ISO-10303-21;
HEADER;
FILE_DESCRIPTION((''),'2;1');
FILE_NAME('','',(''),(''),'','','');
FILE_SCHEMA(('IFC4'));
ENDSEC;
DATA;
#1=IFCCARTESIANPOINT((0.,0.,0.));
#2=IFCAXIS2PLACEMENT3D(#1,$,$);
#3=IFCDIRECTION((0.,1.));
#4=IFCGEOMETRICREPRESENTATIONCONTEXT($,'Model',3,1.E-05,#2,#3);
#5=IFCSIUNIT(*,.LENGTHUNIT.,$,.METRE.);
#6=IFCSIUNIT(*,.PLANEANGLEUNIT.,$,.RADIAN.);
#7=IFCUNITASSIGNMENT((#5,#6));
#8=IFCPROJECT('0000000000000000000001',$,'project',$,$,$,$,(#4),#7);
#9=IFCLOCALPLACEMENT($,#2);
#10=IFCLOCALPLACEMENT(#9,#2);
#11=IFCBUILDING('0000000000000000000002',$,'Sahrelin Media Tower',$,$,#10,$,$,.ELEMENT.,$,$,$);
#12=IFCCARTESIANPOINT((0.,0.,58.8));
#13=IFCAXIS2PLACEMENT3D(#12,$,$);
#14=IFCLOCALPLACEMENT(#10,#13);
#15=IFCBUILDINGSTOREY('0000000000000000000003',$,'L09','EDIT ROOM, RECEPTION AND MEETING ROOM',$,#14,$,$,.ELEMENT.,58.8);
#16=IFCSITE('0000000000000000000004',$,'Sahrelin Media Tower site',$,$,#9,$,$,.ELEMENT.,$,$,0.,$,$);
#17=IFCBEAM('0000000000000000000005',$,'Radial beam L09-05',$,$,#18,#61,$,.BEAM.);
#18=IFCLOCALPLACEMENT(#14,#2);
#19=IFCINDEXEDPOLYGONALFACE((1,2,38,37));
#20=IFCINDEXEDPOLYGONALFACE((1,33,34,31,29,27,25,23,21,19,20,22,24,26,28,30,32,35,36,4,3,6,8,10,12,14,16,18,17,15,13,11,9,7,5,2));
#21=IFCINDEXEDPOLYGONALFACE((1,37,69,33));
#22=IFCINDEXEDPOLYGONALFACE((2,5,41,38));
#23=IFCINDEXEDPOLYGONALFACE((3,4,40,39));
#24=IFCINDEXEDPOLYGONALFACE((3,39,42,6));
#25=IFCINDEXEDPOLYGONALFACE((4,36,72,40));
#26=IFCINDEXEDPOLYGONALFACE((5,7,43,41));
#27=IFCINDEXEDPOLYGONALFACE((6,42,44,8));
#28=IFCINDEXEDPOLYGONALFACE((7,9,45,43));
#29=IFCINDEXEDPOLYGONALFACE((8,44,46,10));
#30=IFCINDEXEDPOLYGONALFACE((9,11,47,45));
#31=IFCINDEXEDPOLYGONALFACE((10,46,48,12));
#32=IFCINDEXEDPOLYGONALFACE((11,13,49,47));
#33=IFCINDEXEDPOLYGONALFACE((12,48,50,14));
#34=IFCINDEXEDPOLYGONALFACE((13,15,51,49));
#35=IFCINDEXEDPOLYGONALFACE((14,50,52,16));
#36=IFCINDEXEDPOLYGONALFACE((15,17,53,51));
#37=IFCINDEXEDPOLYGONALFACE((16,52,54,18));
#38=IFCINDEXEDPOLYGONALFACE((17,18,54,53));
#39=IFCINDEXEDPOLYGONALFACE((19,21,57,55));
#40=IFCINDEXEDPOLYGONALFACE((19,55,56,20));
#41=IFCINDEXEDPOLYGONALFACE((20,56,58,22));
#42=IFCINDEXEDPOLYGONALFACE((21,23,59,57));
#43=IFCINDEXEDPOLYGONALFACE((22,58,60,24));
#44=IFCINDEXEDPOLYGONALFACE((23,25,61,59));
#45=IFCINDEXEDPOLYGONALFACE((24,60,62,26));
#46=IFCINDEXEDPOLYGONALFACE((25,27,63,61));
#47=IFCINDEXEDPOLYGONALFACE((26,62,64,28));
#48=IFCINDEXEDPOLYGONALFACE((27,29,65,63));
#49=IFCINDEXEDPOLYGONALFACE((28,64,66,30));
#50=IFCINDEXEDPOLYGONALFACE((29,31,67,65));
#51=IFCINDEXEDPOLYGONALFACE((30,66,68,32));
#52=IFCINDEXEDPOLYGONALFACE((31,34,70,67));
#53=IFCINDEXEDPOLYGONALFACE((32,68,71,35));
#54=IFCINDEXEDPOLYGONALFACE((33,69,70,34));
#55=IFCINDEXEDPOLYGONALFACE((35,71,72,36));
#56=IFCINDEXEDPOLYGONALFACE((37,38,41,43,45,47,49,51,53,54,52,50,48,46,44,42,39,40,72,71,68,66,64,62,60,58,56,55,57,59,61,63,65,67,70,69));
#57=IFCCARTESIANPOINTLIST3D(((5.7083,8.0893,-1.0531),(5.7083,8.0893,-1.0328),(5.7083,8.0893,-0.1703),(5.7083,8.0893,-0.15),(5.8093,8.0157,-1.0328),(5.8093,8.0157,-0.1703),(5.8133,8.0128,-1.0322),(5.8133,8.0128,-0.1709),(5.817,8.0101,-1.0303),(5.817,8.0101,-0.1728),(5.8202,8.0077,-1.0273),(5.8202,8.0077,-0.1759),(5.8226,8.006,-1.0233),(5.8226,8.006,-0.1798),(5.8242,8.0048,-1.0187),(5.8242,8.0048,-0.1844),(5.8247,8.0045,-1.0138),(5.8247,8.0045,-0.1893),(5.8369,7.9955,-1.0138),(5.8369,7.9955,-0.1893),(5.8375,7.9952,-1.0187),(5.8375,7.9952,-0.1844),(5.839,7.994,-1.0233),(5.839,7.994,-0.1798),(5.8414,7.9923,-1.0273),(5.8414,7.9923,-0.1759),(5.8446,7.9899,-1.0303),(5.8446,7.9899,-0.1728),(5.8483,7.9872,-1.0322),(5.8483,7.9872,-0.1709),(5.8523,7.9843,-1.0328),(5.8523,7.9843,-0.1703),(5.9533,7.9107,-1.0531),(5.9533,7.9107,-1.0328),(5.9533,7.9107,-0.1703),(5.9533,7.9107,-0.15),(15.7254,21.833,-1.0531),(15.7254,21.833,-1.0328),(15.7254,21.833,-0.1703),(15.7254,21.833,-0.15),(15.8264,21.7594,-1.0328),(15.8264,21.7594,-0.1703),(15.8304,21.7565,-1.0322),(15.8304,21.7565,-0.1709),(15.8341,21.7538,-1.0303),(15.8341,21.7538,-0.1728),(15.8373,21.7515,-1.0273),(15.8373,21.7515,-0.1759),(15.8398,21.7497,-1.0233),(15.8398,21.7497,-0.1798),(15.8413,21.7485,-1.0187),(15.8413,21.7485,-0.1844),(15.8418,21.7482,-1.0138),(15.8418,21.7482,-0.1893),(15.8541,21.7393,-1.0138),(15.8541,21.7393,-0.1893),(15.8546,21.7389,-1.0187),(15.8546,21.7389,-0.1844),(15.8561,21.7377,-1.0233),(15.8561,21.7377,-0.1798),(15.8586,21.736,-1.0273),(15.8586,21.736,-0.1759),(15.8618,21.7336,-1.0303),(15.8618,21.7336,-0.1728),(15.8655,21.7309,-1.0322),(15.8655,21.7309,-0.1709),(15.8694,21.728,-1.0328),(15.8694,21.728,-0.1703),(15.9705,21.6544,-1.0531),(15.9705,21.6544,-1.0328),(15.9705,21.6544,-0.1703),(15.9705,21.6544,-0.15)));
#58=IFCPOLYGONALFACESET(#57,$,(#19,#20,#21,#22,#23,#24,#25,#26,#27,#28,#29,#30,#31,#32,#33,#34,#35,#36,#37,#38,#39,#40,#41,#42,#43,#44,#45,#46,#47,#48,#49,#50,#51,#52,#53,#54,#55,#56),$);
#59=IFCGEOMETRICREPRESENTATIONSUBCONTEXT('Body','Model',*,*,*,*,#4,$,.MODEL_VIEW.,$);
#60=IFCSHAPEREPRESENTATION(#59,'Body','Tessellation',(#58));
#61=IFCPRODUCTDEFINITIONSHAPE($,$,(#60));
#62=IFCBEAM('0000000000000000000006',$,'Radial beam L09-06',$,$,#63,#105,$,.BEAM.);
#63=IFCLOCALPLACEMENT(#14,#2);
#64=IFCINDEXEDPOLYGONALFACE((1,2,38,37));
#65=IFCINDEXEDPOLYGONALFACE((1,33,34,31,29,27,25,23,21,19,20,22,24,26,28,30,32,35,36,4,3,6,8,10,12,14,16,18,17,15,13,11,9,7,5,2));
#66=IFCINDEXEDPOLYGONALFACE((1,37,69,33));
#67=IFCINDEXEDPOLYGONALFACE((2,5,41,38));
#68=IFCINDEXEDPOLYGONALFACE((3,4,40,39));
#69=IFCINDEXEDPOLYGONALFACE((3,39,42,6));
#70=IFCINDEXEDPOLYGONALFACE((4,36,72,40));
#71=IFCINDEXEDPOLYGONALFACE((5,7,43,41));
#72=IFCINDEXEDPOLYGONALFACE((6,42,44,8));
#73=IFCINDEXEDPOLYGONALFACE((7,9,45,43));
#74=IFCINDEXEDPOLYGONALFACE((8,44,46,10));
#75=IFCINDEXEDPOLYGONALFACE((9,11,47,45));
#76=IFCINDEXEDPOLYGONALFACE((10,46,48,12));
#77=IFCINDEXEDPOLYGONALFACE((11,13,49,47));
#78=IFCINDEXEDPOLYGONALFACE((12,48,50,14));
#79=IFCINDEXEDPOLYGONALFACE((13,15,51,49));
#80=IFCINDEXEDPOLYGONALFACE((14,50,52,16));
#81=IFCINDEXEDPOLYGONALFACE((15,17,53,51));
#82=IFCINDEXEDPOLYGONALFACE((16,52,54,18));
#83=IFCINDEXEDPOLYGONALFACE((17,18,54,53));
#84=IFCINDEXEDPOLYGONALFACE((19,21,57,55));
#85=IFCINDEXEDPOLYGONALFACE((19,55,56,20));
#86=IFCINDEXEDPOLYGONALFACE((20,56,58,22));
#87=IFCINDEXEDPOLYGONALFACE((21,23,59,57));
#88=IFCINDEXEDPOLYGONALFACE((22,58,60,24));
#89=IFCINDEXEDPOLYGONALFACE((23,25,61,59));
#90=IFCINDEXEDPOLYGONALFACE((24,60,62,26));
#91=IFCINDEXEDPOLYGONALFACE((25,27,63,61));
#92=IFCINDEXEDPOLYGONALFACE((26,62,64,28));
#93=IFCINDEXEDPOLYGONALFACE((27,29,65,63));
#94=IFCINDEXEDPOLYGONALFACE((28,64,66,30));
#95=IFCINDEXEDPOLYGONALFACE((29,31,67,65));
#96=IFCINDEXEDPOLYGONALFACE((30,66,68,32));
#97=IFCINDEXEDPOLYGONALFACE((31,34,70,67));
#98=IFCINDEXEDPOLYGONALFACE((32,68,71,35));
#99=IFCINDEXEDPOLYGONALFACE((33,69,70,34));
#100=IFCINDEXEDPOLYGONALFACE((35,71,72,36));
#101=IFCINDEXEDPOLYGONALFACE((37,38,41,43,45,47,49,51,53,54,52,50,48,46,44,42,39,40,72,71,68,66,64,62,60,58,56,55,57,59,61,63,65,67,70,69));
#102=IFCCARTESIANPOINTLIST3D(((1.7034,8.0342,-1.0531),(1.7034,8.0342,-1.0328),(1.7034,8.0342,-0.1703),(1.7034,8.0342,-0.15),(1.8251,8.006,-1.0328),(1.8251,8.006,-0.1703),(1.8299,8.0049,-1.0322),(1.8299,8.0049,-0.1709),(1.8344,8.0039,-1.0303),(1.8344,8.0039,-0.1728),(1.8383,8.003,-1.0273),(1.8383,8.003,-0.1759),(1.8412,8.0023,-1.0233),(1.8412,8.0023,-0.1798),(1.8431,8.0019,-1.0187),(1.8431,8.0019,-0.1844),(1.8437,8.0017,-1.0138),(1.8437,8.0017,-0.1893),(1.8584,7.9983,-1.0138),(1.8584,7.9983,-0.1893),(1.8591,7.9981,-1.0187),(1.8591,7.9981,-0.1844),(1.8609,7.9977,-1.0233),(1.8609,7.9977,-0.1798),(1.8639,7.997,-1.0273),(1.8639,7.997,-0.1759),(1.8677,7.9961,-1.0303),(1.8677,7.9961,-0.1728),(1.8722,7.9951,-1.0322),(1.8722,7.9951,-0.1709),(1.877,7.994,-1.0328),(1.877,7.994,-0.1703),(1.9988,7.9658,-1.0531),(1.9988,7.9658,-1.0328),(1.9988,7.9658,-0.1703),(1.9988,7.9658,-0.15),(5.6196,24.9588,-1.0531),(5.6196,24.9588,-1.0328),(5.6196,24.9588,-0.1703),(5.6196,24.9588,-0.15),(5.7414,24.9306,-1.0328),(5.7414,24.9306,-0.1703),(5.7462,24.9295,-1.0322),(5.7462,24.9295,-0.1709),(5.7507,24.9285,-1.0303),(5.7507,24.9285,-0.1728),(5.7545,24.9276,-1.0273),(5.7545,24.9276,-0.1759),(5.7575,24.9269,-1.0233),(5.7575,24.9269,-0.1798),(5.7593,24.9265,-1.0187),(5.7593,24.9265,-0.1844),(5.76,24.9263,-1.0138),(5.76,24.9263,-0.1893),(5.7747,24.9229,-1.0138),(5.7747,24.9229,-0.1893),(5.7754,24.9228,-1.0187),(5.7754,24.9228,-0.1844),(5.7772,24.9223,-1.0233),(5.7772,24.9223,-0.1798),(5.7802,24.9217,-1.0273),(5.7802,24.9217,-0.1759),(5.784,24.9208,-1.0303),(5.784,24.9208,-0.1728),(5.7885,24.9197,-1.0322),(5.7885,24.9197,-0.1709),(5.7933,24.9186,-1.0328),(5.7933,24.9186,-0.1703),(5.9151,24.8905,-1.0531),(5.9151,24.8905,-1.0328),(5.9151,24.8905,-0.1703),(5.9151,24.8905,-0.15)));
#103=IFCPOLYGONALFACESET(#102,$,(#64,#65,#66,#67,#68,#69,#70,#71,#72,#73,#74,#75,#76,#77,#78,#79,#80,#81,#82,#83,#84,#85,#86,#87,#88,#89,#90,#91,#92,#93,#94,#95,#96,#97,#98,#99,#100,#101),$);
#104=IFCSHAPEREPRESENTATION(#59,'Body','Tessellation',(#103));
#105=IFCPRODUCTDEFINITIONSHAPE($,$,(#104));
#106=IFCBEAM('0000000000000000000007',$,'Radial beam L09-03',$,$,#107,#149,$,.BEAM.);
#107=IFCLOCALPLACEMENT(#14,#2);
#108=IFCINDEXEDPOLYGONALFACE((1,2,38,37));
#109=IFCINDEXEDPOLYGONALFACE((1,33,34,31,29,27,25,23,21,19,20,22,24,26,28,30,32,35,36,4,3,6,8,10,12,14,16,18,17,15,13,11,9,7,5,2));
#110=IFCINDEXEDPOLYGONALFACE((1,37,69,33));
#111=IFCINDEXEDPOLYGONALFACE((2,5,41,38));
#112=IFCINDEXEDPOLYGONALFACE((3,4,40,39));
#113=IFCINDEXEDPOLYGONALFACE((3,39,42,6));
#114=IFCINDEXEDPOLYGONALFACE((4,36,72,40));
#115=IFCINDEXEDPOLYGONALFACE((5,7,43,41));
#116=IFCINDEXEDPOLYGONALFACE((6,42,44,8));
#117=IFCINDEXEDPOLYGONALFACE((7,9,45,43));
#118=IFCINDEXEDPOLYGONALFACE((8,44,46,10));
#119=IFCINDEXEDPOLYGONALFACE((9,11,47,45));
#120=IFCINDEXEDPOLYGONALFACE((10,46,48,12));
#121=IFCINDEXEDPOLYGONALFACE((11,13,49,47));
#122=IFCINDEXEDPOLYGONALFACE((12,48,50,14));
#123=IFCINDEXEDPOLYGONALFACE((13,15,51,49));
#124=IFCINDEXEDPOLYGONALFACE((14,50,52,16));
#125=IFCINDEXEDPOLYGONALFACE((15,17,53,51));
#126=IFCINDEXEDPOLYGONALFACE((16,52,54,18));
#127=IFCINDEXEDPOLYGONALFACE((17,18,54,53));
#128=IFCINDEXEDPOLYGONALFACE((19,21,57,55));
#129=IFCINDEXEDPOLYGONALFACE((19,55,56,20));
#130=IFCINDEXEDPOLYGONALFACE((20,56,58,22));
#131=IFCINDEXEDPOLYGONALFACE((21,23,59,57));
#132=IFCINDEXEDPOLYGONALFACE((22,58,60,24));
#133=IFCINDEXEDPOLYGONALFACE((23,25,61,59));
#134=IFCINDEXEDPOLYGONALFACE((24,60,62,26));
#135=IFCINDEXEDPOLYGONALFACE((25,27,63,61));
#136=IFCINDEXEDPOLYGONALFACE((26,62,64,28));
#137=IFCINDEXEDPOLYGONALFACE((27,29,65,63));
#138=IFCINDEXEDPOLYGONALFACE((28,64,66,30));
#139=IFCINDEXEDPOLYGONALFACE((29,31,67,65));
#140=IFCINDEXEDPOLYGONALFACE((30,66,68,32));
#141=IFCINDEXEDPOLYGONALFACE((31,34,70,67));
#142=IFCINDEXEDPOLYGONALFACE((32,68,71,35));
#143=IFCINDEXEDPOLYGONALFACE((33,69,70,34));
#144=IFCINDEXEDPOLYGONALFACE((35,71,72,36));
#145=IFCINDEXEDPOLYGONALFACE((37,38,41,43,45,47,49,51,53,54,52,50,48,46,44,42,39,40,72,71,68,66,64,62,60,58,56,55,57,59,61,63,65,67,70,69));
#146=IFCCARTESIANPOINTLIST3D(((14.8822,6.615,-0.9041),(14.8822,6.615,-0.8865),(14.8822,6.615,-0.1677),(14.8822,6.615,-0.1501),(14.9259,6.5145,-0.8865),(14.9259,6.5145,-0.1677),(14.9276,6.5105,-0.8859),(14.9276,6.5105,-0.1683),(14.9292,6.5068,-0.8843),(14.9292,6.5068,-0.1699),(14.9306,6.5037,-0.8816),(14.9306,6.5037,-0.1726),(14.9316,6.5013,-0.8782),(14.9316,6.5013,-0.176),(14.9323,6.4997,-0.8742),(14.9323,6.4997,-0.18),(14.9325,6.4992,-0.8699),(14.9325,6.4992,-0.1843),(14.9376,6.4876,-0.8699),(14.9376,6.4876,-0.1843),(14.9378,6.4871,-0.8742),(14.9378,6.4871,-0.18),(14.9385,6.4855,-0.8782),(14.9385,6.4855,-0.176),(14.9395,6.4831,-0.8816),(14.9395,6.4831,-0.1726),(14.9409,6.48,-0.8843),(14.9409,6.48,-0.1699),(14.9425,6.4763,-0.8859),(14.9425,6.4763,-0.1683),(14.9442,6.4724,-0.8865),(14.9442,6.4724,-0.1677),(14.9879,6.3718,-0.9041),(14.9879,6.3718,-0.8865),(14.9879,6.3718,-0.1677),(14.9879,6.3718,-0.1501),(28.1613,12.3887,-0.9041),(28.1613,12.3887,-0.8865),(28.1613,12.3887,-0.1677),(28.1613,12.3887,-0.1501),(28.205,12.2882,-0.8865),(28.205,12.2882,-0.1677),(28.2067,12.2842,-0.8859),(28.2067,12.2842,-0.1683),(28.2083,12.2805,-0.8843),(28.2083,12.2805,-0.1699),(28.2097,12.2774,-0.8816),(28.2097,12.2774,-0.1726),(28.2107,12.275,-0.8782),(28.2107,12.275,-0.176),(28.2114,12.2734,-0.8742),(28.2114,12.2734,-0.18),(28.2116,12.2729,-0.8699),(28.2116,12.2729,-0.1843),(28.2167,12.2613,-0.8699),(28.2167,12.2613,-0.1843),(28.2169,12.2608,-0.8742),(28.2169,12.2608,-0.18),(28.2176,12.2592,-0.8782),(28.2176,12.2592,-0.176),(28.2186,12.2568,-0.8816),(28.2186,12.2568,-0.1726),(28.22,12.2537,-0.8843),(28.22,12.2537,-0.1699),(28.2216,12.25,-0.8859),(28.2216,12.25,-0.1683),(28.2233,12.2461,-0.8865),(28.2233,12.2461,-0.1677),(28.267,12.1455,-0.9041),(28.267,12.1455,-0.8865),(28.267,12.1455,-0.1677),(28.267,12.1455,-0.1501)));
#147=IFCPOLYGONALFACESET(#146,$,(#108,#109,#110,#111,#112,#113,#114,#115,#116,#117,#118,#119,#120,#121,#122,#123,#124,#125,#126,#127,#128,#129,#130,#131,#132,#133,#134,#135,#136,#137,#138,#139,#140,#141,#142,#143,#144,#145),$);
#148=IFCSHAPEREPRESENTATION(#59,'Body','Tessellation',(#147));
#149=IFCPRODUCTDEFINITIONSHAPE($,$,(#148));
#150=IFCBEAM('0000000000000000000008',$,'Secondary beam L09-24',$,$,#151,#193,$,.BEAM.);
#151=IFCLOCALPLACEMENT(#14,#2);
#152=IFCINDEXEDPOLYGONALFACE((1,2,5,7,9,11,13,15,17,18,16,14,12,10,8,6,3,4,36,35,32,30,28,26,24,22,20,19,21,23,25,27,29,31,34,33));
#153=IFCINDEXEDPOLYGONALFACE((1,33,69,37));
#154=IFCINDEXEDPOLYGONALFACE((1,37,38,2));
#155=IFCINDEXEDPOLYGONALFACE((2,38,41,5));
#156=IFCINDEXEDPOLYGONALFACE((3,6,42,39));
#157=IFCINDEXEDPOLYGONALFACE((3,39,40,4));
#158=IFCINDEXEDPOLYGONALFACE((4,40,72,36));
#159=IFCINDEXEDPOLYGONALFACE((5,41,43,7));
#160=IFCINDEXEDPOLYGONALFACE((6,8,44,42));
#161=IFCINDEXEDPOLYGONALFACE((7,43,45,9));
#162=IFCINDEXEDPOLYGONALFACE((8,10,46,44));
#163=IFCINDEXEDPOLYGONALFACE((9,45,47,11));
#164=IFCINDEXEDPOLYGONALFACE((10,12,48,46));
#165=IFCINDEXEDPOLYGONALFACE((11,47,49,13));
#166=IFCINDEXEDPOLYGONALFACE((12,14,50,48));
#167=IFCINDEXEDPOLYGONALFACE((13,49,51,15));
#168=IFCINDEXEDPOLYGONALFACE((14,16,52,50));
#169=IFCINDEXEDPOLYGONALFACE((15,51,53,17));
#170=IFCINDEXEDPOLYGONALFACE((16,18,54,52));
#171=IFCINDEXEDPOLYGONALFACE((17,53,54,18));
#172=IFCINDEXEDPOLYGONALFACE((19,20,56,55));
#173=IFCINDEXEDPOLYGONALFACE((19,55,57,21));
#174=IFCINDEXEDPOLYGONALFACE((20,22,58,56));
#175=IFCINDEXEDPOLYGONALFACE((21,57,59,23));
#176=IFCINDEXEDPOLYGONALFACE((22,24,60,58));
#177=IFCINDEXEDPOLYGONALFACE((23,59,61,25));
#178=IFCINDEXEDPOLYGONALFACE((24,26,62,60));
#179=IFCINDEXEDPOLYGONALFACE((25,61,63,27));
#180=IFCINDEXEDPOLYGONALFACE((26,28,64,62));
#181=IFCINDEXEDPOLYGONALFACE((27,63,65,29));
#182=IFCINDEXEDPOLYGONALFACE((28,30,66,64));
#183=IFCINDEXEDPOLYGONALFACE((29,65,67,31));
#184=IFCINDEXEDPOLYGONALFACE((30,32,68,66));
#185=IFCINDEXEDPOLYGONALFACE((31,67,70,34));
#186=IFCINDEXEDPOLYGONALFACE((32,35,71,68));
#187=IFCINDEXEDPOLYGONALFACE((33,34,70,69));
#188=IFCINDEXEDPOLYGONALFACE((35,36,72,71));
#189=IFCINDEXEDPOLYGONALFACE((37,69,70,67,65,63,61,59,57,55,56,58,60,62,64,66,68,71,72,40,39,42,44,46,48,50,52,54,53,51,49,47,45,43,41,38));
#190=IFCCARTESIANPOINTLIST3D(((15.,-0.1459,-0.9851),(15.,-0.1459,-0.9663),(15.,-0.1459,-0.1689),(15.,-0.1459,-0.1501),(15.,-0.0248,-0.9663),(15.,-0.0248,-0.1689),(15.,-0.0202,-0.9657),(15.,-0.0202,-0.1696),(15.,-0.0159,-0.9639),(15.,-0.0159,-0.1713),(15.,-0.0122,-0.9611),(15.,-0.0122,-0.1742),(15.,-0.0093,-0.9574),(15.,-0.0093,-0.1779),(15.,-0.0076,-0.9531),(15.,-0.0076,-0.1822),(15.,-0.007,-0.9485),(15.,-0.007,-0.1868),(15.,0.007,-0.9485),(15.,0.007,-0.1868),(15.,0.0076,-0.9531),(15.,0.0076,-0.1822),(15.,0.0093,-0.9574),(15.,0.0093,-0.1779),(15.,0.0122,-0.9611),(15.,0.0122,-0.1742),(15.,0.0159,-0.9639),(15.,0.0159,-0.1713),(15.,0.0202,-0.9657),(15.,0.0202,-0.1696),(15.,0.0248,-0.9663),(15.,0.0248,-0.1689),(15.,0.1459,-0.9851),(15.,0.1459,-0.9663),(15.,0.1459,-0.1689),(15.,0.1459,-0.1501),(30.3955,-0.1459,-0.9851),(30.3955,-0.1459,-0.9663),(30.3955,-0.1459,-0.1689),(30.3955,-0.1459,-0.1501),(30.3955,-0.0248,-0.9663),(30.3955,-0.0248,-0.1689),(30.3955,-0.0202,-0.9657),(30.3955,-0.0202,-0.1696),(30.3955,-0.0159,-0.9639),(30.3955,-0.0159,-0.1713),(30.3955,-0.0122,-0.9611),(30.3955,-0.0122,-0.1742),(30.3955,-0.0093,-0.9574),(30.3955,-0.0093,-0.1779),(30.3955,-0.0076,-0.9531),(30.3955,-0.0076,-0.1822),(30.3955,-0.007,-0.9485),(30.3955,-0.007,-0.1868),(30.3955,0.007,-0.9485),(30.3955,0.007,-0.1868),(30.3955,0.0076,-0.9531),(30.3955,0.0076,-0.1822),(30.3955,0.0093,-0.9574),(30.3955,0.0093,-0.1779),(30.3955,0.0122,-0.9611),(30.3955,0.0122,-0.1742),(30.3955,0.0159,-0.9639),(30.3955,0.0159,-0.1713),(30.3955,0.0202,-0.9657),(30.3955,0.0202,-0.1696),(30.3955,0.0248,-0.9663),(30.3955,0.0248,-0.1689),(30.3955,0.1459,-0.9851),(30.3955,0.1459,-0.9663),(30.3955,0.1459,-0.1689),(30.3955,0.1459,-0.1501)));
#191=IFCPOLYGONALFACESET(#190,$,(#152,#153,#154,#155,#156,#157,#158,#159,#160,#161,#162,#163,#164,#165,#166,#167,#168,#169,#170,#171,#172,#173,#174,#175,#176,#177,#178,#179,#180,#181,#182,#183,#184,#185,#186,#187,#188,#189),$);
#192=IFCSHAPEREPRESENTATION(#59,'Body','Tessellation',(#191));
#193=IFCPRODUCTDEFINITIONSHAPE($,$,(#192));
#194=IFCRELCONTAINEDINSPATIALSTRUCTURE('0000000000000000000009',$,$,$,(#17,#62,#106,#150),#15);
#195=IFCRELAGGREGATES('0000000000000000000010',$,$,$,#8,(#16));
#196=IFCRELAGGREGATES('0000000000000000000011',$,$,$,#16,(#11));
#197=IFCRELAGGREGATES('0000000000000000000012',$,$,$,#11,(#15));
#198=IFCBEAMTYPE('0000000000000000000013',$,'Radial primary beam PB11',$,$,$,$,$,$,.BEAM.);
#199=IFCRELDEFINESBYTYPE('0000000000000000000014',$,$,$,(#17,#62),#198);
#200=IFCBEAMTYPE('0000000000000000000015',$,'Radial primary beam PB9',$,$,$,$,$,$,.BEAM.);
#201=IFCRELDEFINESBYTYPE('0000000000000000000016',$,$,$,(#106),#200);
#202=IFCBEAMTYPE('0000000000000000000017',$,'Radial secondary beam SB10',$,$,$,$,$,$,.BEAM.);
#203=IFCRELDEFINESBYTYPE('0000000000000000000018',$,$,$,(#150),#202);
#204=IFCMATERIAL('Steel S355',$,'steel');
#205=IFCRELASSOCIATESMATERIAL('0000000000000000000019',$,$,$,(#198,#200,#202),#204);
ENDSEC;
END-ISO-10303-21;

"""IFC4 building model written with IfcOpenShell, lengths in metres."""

from ifc_helpers import new_model, si_unit, direction, frame, origin, origin_2d, place, context, subcontext, project, spatial, i_section, extrude, material, material_profile, profile_set, type_object, element, save


model = new_model("IFC4")

# Units and contexts
model_context = context("Model", 3, precision=1e-05, world=origin(), true_north=direction((0.0, 1.0)))
body_context = subcontext(model_context, "Body", "Model", "MODEL_VIEW")
ifc_project = project(units=[si_unit("LENGTHUNIT", "METRE"), si_unit("PLANEANGLEUNIT", "RADIAN")], contexts=[model_context])

# Site, building, storey
site_placement = place(None, origin())
site = spatial("IfcSite", under=ifc_project, at=site_placement, Name="Sahrelin Media Tower site", CompositionType="ELEMENT", RefElevation=0.0)
building_placement = place(site_placement, origin())
building = spatial("IfcBuilding", under=site, at=building_placement, Name="Sahrelin Media Tower", CompositionType="ELEMENT")
storey_placement = place(building_placement, frame((0.0, 0.0, 58.8)))
storey = spatial("IfcBuildingStorey", under=building, at=storey_placement, Name="L09", Description="EDIT ROOM, RECEPTION AND MEETING ROOM", CompositionType="ELEMENT", Elevation=58.8)

# Beams
ifc_material_1 = material(Name="Steel S355", Category="steel")
ifc_material_profile_1 = material_profile(ifc_material_1, i_section(OverallWidth=0.3032, OverallDepth=0.9031, WebThickness=0.0151, FlangeThickness=0.0203, FilletRadius=0.019, at=origin_2d()), Name="UB 914x305x201")
ifc_profile_set_1 = profile_set([ifc_material_profile_1], Name="Steel S355")
beam_type_1 = type_object("IfcBeamType", Name="Radial primary beam PB11", PredefinedType="BEAM", material=ifc_profile_set_1)
beam_1_placement = place(storey_placement, frame((5.8308, 8.0, -0.6016), z_axis=(0.589006, 0.808129, 0.0), x_axis=(-0.808129, 0.589006, 0.0)))
element("IfcBeam", 1, at=beam_1_placement, inside=storey, type_object=beam_type_1, Name="Radial beam L09-05", PredefinedType="BEAM", context=body_context, shape_type="SweptSolid", body=[
    extrude(i_section(OverallWidth=0.3032, OverallDepth=0.9031, WebThickness=0.0151, FlangeThickness=0.0203, FilletRadius=0.019, at=origin_2d()), origin(), (0.0, 0.0, 1.0), 17.0068),
])
beam_2_placement = place(storey_placement, frame((1.8511, 8.0, -0.6016), z_axis=(0.225438, 0.974257, 0.0), x_axis=(-0.974257, 0.225438, 0.0)))
element("IfcBeam", 2, at=beam_2_placement, inside=storey, type_object=beam_type_1, Name="Radial beam L09-06", PredefinedType="BEAM", context=body_context, shape_type="SweptSolid", body=[
    extrude(i_section(OverallWidth=0.3032, OverallDepth=0.9031, WebThickness=0.0151, FlangeThickness=0.0203, FilletRadius=0.019, at=origin_2d()), origin(), (0.0, 0.0, 1.0), 17.3718),
])
ifc_material_profile_2 = material_profile(ifc_material_1, i_section(OverallWidth=0.2651, OverallDepth=0.7539, WebThickness=0.0127, FlangeThickness=0.0176, FilletRadius=0.0166, at=origin_2d()), Name="UB 762x267x147")
ifc_profile_set_2 = profile_set([ifc_material_profile_2], Name="Steel S355")
beam_type_2 = type_object("IfcBeamType", Name="Radial primary beam PB9", PredefinedType="BEAM", material=ifc_profile_set_2)
beam_3_placement = place(storey_placement, frame((14.9351, 6.4934, -0.5271), z_axis=(0.917065, 0.398737, 0.0), x_axis=(-0.398737, 0.917065, 0.0)))
element("IfcBeam", 3, at=beam_3_placement, inside=storey, type_object=beam_type_2, Name="Radial beam L09-03", PredefinedType="BEAM", context=body_context, shape_type="SweptSolid", body=[
    extrude(i_section(OverallWidth=0.2651, OverallDepth=0.7539, WebThickness=0.0127, FlangeThickness=0.0176, FilletRadius=0.0166, at=origin_2d()), origin(), (0.0, 0.0, 1.0), 14.48),
])
ifc_material_profile_3 = material_profile(ifc_material_1, i_section(OverallWidth=0.2917, OverallDepth=0.835, WebThickness=0.0139, FlangeThickness=0.0188, FilletRadius=0.0178, at=origin_2d()), Name="UB 838x292x176")
ifc_profile_set_3 = profile_set([ifc_material_profile_3], Name="Steel S355")
beam_type_3 = type_object("IfcBeamType", Name="Radial secondary beam SB10", PredefinedType="BEAM", material=ifc_profile_set_3)
beam_4_placement = place(storey_placement, frame((15.0, 0.0, -0.5676), z_axis=(1.0, 0.0, 0.0), x_axis=(0.0, 1.0, 0.0)))
element("IfcBeam", 4, at=beam_4_placement, inside=storey, type_object=beam_type_3, Name="Secondary beam L09-24", PredefinedType="BEAM", context=body_context, shape_type="SweptSolid", body=[
    extrude(i_section(OverallWidth=0.2917, OverallDepth=0.835, WebThickness=0.0139, FlangeThickness=0.0188, FilletRadius=0.0178, at=origin_2d()), origin(), (0.0, 0.0, 1.0), 15.3955),
])

save(model, "model.ifc")
